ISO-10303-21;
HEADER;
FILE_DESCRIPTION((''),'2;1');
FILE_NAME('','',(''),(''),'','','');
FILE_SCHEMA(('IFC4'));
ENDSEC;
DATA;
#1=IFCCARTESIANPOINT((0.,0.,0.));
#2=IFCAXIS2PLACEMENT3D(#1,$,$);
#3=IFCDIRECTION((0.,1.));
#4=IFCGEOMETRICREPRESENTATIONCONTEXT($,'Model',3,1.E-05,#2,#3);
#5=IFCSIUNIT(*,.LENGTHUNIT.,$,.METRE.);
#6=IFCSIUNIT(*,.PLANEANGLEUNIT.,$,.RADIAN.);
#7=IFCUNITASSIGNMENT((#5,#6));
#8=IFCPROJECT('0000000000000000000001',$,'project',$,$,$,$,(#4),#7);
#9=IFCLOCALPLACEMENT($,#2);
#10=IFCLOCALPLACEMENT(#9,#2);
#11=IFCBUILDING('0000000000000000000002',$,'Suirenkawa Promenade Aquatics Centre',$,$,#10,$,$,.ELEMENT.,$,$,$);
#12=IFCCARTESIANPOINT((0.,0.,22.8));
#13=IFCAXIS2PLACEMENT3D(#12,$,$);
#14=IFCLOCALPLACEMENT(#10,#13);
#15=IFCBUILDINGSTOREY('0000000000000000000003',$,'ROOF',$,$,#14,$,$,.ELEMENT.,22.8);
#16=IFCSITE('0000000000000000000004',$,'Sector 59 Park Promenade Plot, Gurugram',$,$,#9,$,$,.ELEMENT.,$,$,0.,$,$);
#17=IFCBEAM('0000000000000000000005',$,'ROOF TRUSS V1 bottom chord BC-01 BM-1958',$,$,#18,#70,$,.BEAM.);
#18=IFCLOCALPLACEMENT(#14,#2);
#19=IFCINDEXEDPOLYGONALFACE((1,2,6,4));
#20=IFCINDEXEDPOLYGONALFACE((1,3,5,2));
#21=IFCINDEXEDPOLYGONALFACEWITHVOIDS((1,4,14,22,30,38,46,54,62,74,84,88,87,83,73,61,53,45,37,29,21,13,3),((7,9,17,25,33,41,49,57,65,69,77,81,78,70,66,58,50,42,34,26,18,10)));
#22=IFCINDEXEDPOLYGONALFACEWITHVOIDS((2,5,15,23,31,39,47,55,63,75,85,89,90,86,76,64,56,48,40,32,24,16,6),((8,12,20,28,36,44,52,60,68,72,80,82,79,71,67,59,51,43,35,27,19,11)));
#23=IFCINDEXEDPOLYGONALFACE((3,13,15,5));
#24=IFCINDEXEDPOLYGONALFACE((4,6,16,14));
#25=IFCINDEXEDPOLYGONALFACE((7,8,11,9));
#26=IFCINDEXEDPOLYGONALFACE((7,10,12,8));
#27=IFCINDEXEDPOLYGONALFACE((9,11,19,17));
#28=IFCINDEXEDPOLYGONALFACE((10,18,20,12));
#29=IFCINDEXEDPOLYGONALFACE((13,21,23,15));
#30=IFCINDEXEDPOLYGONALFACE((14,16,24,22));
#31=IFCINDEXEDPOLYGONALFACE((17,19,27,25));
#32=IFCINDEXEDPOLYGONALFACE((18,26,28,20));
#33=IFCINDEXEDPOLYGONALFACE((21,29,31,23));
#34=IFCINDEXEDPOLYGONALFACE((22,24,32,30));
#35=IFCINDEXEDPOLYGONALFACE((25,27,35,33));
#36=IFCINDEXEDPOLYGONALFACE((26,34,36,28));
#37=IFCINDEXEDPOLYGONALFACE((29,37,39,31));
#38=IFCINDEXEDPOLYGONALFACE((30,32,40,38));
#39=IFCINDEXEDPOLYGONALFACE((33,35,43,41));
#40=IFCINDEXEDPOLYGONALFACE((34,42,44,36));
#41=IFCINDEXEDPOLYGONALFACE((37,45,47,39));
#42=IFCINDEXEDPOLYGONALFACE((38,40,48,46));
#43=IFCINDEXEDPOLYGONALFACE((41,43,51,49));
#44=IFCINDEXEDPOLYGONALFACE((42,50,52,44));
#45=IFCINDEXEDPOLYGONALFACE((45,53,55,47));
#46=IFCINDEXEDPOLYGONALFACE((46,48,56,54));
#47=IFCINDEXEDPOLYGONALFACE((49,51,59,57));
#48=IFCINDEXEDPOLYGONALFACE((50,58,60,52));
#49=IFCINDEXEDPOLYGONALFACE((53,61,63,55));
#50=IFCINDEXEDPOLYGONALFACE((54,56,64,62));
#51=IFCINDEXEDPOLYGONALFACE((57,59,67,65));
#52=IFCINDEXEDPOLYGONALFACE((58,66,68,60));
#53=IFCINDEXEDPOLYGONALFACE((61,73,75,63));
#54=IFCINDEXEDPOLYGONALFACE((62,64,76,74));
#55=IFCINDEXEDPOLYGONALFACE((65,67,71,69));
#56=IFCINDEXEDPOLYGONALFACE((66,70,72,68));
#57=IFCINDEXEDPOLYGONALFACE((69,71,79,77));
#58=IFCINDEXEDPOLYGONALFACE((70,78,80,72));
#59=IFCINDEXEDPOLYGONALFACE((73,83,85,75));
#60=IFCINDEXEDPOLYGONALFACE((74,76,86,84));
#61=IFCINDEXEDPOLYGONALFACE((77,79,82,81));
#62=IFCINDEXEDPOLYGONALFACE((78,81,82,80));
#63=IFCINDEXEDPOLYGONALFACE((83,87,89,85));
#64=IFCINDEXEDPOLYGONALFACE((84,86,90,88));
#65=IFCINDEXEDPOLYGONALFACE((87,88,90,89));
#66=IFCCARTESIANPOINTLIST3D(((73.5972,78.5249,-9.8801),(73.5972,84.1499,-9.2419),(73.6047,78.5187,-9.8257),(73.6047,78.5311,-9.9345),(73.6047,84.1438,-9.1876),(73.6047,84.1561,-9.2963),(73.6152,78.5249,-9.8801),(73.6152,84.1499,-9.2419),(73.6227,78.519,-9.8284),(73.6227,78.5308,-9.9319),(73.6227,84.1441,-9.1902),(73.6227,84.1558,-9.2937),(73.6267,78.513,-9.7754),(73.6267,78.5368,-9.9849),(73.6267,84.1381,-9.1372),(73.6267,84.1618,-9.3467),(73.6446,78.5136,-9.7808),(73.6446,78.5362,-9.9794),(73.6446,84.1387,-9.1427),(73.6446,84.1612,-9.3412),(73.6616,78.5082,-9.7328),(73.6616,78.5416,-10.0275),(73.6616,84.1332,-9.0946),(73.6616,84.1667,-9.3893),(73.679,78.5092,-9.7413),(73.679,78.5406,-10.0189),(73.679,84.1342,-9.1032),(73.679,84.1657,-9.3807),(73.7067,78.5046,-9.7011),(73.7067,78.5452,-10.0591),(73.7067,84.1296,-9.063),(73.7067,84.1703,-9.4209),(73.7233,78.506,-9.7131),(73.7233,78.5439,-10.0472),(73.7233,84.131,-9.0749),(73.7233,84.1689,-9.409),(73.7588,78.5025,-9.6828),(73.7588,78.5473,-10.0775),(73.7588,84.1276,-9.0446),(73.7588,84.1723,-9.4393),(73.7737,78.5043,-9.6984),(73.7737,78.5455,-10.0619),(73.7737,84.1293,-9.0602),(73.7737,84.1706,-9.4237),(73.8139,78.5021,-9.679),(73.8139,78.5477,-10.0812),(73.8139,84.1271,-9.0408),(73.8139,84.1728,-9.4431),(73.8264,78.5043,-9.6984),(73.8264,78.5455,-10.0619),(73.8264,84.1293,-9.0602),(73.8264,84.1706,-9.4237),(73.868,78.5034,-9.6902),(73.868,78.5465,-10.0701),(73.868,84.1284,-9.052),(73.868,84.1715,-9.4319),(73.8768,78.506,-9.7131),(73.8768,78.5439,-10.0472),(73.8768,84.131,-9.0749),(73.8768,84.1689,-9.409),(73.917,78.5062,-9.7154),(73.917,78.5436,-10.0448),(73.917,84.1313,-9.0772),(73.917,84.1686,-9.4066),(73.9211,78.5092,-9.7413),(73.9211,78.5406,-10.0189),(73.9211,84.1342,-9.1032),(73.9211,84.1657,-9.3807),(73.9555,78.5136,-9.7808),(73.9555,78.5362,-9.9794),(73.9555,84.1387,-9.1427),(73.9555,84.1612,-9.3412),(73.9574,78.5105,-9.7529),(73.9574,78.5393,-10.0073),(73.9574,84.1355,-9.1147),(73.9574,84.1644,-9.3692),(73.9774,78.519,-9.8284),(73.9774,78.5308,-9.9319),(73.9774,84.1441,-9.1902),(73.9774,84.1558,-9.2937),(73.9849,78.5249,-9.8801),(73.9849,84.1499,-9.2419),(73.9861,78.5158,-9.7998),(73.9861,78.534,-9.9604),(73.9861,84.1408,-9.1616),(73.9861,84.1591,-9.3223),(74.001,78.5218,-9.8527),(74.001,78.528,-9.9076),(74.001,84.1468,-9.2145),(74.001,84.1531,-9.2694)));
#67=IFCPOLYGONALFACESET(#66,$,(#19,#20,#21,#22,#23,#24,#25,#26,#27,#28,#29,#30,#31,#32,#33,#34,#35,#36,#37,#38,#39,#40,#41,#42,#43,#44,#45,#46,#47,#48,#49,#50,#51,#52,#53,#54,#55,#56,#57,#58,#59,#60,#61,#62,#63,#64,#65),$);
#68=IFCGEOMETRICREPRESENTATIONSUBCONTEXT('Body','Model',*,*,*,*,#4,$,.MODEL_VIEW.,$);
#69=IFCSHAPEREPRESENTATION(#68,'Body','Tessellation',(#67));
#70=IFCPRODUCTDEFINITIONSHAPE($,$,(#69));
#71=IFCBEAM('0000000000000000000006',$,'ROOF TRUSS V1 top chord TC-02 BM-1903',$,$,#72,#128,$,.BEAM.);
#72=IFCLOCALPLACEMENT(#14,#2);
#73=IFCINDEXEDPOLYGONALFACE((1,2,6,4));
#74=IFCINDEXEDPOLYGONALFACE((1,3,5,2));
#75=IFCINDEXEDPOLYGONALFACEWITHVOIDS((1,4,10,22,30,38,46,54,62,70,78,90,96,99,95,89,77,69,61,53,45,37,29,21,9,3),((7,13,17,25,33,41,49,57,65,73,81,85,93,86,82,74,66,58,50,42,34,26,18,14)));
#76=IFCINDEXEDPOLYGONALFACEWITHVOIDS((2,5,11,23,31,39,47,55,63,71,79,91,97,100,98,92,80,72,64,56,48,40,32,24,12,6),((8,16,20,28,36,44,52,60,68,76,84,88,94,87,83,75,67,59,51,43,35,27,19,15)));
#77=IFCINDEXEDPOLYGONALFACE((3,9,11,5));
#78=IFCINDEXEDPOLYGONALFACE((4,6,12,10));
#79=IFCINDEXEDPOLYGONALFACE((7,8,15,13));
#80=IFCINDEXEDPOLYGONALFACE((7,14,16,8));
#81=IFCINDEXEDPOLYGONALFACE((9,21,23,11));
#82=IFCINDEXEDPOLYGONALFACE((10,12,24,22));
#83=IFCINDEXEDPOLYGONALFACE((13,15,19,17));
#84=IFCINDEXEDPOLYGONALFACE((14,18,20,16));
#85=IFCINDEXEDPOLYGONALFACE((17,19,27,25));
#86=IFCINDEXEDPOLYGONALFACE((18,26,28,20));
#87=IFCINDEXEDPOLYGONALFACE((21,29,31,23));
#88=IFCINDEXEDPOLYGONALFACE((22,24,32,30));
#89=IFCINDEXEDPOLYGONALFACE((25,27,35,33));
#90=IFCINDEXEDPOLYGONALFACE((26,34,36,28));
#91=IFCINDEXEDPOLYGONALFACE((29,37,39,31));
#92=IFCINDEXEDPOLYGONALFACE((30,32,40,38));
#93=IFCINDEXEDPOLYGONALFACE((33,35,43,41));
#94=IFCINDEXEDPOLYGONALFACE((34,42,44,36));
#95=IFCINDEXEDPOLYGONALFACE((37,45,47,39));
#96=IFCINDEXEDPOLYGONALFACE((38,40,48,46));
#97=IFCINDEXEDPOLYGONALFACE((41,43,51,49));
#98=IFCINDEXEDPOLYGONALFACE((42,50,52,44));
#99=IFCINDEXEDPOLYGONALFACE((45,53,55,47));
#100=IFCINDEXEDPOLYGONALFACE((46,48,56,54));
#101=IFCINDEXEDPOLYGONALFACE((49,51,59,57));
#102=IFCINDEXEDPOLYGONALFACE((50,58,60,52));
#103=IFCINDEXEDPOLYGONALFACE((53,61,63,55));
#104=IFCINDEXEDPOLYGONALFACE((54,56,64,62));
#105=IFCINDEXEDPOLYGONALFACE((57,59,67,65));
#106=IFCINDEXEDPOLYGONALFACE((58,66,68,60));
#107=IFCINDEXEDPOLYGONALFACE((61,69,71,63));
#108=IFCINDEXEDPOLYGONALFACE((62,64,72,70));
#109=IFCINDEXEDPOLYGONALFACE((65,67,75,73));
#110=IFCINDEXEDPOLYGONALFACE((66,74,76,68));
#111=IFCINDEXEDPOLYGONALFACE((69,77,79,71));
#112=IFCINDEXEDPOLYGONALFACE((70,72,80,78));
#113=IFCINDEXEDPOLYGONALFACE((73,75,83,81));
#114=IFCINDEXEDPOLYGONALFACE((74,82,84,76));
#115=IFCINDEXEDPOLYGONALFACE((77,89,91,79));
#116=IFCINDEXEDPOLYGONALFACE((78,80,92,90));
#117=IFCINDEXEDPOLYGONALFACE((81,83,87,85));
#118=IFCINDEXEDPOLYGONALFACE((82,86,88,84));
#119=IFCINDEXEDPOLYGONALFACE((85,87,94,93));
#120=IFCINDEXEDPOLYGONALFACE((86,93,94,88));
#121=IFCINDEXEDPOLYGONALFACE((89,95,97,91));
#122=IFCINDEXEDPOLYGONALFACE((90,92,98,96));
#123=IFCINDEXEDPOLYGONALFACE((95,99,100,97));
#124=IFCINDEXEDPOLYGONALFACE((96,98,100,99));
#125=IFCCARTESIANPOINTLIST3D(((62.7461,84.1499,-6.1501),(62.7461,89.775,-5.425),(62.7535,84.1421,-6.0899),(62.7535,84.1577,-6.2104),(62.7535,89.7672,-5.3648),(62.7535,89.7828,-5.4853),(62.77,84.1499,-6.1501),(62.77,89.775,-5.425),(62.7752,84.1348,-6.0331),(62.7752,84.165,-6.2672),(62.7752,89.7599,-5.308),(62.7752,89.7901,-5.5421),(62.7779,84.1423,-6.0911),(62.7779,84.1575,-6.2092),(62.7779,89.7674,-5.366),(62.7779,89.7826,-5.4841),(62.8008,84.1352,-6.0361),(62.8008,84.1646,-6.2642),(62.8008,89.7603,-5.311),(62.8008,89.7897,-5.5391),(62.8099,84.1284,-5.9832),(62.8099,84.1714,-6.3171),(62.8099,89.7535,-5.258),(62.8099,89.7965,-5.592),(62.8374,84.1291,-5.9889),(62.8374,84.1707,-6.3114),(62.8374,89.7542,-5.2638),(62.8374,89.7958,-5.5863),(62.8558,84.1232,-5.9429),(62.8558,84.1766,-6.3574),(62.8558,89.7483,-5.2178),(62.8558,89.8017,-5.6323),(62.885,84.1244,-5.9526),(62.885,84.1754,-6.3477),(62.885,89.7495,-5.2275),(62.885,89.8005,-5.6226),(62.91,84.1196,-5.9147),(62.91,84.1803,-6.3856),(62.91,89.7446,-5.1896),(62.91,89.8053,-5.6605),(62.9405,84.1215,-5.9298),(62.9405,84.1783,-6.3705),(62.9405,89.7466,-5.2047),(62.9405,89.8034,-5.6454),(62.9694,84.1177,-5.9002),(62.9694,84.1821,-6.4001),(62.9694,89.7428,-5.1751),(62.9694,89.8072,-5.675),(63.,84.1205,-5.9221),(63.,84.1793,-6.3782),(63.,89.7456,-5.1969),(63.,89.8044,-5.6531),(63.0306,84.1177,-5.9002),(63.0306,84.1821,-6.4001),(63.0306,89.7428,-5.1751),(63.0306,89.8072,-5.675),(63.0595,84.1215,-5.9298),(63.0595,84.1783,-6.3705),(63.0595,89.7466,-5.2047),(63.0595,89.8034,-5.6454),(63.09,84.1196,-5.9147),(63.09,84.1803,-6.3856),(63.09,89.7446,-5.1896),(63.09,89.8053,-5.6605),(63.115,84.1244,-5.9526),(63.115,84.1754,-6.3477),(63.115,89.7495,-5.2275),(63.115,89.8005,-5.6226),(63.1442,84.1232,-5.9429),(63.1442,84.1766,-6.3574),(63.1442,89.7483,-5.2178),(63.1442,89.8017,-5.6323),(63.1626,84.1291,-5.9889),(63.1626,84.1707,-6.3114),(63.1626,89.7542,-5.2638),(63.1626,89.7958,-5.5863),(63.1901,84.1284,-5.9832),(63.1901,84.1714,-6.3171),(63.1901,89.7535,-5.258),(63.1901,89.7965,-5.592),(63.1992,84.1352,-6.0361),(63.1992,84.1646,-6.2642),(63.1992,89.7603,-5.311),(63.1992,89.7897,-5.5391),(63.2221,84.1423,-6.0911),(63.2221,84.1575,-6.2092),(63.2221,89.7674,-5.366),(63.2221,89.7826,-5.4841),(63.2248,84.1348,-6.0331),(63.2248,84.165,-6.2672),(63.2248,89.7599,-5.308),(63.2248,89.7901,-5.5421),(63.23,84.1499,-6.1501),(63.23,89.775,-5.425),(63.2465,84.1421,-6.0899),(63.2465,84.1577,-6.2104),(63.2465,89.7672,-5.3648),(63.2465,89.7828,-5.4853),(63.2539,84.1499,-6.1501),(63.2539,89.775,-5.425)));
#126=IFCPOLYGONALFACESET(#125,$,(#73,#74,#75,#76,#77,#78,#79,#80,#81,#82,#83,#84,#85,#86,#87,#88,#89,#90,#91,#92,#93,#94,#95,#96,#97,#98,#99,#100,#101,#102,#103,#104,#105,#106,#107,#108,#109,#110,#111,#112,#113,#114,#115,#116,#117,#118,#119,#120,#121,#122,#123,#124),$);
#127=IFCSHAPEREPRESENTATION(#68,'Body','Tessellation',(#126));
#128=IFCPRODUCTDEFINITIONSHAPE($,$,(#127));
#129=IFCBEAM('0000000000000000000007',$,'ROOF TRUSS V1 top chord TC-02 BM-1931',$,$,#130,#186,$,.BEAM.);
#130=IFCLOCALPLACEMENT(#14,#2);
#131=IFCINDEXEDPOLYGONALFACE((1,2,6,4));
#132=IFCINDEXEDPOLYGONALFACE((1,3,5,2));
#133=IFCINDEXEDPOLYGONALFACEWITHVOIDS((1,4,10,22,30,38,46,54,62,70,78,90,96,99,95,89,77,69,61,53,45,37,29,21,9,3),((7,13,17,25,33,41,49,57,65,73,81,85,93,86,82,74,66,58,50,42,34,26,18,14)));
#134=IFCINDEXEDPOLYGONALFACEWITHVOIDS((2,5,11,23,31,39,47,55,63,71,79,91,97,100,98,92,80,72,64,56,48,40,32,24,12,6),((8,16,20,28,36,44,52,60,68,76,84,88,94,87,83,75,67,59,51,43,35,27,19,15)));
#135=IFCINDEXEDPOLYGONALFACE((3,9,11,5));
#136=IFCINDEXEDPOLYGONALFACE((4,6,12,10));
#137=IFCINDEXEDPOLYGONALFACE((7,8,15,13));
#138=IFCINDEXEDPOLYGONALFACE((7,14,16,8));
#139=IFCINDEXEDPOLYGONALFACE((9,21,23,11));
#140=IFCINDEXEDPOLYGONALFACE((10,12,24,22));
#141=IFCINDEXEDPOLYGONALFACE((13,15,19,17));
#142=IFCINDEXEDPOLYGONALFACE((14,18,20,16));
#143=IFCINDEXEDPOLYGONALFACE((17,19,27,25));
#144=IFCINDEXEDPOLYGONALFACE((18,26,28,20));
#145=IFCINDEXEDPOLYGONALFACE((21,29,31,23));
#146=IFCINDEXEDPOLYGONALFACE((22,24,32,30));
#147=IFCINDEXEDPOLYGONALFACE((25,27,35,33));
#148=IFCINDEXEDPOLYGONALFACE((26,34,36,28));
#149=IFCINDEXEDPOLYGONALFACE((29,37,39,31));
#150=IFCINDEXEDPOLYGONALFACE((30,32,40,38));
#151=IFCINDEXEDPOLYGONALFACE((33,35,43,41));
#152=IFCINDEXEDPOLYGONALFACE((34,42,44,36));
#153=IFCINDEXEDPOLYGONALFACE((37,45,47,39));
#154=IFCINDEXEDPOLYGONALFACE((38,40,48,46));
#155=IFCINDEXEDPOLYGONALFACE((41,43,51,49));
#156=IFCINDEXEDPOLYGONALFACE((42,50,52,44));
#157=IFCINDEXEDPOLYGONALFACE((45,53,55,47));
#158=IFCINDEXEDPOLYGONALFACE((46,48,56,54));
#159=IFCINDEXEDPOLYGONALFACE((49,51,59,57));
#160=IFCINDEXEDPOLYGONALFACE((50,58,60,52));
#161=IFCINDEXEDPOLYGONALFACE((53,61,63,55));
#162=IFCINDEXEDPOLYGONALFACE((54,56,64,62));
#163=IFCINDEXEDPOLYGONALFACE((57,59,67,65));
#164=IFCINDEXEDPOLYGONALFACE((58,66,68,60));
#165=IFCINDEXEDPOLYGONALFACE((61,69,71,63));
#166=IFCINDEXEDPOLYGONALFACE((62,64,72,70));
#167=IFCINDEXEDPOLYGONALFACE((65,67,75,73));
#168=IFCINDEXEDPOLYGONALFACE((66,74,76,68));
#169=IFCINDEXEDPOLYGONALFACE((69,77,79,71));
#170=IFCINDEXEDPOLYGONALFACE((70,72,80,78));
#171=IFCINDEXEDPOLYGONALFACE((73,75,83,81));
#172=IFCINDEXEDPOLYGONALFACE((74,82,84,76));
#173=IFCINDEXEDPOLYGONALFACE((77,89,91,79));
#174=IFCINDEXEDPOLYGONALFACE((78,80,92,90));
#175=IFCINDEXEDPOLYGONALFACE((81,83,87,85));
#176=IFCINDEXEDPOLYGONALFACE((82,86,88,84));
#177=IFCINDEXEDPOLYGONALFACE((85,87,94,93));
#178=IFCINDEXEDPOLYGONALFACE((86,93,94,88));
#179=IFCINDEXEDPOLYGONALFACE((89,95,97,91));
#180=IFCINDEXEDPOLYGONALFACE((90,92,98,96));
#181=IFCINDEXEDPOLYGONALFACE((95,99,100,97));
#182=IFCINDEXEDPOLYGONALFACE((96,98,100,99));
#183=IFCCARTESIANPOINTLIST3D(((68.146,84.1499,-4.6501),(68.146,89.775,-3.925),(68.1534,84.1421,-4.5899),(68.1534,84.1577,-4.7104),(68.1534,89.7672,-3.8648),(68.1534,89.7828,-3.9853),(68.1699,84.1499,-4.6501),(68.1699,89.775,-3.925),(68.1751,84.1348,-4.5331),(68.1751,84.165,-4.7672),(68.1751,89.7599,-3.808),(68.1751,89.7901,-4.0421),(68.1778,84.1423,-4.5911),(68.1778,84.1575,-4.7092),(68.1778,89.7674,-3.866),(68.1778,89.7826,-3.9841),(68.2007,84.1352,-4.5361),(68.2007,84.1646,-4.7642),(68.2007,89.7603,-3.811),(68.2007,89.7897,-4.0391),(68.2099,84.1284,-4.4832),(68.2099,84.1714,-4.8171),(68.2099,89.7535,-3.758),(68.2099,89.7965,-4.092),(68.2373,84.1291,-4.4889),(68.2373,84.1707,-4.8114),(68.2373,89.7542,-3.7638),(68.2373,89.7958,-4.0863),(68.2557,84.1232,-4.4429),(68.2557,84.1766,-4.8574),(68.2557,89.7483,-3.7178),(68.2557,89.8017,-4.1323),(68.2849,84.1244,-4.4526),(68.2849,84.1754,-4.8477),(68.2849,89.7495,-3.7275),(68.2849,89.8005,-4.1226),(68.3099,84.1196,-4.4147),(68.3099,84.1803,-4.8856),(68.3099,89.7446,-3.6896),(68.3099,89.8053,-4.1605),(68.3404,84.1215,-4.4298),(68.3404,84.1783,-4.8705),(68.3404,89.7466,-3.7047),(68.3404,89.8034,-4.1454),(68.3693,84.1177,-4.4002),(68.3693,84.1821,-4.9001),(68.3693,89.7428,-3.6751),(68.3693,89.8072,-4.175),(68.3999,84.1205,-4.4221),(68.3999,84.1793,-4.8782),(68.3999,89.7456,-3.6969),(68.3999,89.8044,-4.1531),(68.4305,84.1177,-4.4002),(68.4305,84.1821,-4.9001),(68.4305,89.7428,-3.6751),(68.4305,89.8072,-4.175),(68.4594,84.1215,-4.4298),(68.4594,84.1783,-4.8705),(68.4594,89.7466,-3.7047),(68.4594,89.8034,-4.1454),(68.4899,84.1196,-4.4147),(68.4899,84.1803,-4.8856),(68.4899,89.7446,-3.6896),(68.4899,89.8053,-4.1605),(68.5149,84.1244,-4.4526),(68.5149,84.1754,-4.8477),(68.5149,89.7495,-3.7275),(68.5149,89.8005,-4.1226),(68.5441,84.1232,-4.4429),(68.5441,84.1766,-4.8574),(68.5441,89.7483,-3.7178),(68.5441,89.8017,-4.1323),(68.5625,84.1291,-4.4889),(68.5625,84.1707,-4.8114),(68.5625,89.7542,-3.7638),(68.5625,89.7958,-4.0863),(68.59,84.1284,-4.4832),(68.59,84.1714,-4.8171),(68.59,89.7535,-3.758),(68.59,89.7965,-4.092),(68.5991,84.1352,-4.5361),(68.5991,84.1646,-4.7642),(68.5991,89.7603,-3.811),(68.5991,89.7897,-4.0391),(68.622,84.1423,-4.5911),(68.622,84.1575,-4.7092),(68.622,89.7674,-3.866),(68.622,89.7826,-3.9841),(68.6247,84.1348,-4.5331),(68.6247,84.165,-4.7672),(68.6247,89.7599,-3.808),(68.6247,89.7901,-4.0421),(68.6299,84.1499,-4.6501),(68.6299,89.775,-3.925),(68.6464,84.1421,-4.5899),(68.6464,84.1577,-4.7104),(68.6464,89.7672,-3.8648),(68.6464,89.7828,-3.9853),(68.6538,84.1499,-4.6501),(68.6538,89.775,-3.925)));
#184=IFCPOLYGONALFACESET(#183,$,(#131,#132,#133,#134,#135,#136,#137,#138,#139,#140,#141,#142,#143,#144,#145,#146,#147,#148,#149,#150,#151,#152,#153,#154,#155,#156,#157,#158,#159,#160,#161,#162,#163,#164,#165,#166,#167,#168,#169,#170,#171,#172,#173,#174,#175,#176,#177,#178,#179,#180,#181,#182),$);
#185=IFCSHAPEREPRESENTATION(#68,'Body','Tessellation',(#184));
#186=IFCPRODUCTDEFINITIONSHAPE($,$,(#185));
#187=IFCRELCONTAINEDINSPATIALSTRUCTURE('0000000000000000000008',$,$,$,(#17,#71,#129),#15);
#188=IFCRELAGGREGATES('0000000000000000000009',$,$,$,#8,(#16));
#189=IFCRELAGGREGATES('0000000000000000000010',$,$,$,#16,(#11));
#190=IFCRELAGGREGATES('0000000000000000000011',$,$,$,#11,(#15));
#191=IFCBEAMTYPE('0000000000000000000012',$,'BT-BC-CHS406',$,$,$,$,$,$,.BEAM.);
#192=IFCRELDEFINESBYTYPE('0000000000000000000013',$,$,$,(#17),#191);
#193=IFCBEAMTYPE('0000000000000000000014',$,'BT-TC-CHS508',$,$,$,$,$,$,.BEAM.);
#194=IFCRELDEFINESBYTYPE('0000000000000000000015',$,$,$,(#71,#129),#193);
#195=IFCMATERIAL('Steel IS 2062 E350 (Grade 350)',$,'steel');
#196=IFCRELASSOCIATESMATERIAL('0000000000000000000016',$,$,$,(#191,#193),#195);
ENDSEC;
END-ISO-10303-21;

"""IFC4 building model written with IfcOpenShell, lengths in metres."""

from ifc_helpers import new_model, si_unit, direction, frame, origin, origin_2d, place, context, subcontext, project, spatial, hollow_circle, extrude, material, material_profile, profile_set, type_object, element, save


model = new_model("IFC4")

# Units and contexts
model_context = context("Model", 3, precision=1e-05, world=origin(), true_north=direction((0.0, 1.0)))
body_context = subcontext(model_context, "Body", "Model", "MODEL_VIEW")
ifc_project = project(units=[si_unit("LENGTHUNIT", "METRE"), si_unit("PLANEANGLEUNIT", "RADIAN")], contexts=[model_context])

# Site, building, storey
site_placement = place(None, origin())
site = spatial("IfcSite", under=ifc_project, at=site_placement, Name="Sector 59 Park Promenade Plot, Gurugram", CompositionType="ELEMENT", RefElevation=0.0)
building_placement = place(site_placement, origin())
building = spatial("IfcBuilding", under=site, at=building_placement, Name="Suirenkawa Promenade Aquatics Centre", CompositionType="ELEMENT")
storey_placement = place(building_placement, frame((0.0, 0.0, 22.8)))
storey = spatial("IfcBuildingStorey", under=building, at=storey_placement, Name="ROOF", CompositionType="ELEMENT", Elevation=22.8)

# Beams
ifc_material = material(Name="Steel IS 2062 E350 (Grade 350)", Category="steel")
ifc_material_profile_1 = material_profile(ifc_material, hollow_circle(Radius=0.2029, WallThickness=0.0181, at=origin_2d()), Name="CHS 406x18", Category="steel")
ifc_profile_set_1 = profile_set([ifc_material_profile_1], Name="Steel IS 2062 E350 (Grade 350)")
beam_type_1 = type_object("IfcBeamType", Name="BT-BC-CHS406", PredefinedType="BEAM", material=ifc_profile_set_1)
beam_1_placement = place(storey_placement, frame((73.8, 78.5249, -9.8801), z_axis=(0.0, 0.993625, 0.112732), x_axis=(-1.0, 0.0, 0.0)))
element("IfcBeam", 1, at=beam_1_placement, inside=storey, type_object=beam_type_1, Name="ROOF TRUSS V1 bottom chord BC-01 BM-1958", PredefinedType="BEAM", context=body_context, shape_type="SweptSolid", body=[
    extrude(hollow_circle(Radius=0.2029, WallThickness=0.0181, at=origin_2d()), origin(), (0.0, 0.0, 1.0), 5.6611),
])
ifc_material_profile_2 = material_profile(ifc_material, hollow_circle(Radius=0.2539, WallThickness=0.0239, at=origin_2d()), Name="CHS 508x24", Category="steel")
ifc_profile_set_2 = profile_set([ifc_material_profile_2], Name="Steel IS 2062 E350 (Grade 350)")
beam_type_2 = type_object("IfcBeamType", Name="BT-TC-CHS508", PredefinedType="BEAM", material=ifc_profile_set_2)
for number, where, z_axis, x_axis, name in (
    (2, (63.0, 84.1499, -6.1501), (0.0, 0.991794, 0.127848), (-1.0, 0.0, 0.0), "ROOF TRUSS V1 top chord TC-02 BM-1903"),
    (3, (68.3999, 84.1499, -4.6501), (0.0, 0.991794, 0.127848), (-1.0, 0.0, 0.0), "ROOF TRUSS V1 top chord TC-02 BM-1931"),
):
    element("IfcBeam", number, at=place(storey_placement, frame(where, z_axis=z_axis, x_axis=x_axis)), inside=storey, type_object=beam_type_2, Name=name, PredefinedType="BEAM", context=body_context, shape_type="SweptSolid", body=[
        extrude(hollow_circle(Radius=0.2539, WallThickness=0.0239, at=origin_2d()), origin(), (0.0, 0.0, 1.0), 5.6716),
    ])

save(model, "model.ifc")
